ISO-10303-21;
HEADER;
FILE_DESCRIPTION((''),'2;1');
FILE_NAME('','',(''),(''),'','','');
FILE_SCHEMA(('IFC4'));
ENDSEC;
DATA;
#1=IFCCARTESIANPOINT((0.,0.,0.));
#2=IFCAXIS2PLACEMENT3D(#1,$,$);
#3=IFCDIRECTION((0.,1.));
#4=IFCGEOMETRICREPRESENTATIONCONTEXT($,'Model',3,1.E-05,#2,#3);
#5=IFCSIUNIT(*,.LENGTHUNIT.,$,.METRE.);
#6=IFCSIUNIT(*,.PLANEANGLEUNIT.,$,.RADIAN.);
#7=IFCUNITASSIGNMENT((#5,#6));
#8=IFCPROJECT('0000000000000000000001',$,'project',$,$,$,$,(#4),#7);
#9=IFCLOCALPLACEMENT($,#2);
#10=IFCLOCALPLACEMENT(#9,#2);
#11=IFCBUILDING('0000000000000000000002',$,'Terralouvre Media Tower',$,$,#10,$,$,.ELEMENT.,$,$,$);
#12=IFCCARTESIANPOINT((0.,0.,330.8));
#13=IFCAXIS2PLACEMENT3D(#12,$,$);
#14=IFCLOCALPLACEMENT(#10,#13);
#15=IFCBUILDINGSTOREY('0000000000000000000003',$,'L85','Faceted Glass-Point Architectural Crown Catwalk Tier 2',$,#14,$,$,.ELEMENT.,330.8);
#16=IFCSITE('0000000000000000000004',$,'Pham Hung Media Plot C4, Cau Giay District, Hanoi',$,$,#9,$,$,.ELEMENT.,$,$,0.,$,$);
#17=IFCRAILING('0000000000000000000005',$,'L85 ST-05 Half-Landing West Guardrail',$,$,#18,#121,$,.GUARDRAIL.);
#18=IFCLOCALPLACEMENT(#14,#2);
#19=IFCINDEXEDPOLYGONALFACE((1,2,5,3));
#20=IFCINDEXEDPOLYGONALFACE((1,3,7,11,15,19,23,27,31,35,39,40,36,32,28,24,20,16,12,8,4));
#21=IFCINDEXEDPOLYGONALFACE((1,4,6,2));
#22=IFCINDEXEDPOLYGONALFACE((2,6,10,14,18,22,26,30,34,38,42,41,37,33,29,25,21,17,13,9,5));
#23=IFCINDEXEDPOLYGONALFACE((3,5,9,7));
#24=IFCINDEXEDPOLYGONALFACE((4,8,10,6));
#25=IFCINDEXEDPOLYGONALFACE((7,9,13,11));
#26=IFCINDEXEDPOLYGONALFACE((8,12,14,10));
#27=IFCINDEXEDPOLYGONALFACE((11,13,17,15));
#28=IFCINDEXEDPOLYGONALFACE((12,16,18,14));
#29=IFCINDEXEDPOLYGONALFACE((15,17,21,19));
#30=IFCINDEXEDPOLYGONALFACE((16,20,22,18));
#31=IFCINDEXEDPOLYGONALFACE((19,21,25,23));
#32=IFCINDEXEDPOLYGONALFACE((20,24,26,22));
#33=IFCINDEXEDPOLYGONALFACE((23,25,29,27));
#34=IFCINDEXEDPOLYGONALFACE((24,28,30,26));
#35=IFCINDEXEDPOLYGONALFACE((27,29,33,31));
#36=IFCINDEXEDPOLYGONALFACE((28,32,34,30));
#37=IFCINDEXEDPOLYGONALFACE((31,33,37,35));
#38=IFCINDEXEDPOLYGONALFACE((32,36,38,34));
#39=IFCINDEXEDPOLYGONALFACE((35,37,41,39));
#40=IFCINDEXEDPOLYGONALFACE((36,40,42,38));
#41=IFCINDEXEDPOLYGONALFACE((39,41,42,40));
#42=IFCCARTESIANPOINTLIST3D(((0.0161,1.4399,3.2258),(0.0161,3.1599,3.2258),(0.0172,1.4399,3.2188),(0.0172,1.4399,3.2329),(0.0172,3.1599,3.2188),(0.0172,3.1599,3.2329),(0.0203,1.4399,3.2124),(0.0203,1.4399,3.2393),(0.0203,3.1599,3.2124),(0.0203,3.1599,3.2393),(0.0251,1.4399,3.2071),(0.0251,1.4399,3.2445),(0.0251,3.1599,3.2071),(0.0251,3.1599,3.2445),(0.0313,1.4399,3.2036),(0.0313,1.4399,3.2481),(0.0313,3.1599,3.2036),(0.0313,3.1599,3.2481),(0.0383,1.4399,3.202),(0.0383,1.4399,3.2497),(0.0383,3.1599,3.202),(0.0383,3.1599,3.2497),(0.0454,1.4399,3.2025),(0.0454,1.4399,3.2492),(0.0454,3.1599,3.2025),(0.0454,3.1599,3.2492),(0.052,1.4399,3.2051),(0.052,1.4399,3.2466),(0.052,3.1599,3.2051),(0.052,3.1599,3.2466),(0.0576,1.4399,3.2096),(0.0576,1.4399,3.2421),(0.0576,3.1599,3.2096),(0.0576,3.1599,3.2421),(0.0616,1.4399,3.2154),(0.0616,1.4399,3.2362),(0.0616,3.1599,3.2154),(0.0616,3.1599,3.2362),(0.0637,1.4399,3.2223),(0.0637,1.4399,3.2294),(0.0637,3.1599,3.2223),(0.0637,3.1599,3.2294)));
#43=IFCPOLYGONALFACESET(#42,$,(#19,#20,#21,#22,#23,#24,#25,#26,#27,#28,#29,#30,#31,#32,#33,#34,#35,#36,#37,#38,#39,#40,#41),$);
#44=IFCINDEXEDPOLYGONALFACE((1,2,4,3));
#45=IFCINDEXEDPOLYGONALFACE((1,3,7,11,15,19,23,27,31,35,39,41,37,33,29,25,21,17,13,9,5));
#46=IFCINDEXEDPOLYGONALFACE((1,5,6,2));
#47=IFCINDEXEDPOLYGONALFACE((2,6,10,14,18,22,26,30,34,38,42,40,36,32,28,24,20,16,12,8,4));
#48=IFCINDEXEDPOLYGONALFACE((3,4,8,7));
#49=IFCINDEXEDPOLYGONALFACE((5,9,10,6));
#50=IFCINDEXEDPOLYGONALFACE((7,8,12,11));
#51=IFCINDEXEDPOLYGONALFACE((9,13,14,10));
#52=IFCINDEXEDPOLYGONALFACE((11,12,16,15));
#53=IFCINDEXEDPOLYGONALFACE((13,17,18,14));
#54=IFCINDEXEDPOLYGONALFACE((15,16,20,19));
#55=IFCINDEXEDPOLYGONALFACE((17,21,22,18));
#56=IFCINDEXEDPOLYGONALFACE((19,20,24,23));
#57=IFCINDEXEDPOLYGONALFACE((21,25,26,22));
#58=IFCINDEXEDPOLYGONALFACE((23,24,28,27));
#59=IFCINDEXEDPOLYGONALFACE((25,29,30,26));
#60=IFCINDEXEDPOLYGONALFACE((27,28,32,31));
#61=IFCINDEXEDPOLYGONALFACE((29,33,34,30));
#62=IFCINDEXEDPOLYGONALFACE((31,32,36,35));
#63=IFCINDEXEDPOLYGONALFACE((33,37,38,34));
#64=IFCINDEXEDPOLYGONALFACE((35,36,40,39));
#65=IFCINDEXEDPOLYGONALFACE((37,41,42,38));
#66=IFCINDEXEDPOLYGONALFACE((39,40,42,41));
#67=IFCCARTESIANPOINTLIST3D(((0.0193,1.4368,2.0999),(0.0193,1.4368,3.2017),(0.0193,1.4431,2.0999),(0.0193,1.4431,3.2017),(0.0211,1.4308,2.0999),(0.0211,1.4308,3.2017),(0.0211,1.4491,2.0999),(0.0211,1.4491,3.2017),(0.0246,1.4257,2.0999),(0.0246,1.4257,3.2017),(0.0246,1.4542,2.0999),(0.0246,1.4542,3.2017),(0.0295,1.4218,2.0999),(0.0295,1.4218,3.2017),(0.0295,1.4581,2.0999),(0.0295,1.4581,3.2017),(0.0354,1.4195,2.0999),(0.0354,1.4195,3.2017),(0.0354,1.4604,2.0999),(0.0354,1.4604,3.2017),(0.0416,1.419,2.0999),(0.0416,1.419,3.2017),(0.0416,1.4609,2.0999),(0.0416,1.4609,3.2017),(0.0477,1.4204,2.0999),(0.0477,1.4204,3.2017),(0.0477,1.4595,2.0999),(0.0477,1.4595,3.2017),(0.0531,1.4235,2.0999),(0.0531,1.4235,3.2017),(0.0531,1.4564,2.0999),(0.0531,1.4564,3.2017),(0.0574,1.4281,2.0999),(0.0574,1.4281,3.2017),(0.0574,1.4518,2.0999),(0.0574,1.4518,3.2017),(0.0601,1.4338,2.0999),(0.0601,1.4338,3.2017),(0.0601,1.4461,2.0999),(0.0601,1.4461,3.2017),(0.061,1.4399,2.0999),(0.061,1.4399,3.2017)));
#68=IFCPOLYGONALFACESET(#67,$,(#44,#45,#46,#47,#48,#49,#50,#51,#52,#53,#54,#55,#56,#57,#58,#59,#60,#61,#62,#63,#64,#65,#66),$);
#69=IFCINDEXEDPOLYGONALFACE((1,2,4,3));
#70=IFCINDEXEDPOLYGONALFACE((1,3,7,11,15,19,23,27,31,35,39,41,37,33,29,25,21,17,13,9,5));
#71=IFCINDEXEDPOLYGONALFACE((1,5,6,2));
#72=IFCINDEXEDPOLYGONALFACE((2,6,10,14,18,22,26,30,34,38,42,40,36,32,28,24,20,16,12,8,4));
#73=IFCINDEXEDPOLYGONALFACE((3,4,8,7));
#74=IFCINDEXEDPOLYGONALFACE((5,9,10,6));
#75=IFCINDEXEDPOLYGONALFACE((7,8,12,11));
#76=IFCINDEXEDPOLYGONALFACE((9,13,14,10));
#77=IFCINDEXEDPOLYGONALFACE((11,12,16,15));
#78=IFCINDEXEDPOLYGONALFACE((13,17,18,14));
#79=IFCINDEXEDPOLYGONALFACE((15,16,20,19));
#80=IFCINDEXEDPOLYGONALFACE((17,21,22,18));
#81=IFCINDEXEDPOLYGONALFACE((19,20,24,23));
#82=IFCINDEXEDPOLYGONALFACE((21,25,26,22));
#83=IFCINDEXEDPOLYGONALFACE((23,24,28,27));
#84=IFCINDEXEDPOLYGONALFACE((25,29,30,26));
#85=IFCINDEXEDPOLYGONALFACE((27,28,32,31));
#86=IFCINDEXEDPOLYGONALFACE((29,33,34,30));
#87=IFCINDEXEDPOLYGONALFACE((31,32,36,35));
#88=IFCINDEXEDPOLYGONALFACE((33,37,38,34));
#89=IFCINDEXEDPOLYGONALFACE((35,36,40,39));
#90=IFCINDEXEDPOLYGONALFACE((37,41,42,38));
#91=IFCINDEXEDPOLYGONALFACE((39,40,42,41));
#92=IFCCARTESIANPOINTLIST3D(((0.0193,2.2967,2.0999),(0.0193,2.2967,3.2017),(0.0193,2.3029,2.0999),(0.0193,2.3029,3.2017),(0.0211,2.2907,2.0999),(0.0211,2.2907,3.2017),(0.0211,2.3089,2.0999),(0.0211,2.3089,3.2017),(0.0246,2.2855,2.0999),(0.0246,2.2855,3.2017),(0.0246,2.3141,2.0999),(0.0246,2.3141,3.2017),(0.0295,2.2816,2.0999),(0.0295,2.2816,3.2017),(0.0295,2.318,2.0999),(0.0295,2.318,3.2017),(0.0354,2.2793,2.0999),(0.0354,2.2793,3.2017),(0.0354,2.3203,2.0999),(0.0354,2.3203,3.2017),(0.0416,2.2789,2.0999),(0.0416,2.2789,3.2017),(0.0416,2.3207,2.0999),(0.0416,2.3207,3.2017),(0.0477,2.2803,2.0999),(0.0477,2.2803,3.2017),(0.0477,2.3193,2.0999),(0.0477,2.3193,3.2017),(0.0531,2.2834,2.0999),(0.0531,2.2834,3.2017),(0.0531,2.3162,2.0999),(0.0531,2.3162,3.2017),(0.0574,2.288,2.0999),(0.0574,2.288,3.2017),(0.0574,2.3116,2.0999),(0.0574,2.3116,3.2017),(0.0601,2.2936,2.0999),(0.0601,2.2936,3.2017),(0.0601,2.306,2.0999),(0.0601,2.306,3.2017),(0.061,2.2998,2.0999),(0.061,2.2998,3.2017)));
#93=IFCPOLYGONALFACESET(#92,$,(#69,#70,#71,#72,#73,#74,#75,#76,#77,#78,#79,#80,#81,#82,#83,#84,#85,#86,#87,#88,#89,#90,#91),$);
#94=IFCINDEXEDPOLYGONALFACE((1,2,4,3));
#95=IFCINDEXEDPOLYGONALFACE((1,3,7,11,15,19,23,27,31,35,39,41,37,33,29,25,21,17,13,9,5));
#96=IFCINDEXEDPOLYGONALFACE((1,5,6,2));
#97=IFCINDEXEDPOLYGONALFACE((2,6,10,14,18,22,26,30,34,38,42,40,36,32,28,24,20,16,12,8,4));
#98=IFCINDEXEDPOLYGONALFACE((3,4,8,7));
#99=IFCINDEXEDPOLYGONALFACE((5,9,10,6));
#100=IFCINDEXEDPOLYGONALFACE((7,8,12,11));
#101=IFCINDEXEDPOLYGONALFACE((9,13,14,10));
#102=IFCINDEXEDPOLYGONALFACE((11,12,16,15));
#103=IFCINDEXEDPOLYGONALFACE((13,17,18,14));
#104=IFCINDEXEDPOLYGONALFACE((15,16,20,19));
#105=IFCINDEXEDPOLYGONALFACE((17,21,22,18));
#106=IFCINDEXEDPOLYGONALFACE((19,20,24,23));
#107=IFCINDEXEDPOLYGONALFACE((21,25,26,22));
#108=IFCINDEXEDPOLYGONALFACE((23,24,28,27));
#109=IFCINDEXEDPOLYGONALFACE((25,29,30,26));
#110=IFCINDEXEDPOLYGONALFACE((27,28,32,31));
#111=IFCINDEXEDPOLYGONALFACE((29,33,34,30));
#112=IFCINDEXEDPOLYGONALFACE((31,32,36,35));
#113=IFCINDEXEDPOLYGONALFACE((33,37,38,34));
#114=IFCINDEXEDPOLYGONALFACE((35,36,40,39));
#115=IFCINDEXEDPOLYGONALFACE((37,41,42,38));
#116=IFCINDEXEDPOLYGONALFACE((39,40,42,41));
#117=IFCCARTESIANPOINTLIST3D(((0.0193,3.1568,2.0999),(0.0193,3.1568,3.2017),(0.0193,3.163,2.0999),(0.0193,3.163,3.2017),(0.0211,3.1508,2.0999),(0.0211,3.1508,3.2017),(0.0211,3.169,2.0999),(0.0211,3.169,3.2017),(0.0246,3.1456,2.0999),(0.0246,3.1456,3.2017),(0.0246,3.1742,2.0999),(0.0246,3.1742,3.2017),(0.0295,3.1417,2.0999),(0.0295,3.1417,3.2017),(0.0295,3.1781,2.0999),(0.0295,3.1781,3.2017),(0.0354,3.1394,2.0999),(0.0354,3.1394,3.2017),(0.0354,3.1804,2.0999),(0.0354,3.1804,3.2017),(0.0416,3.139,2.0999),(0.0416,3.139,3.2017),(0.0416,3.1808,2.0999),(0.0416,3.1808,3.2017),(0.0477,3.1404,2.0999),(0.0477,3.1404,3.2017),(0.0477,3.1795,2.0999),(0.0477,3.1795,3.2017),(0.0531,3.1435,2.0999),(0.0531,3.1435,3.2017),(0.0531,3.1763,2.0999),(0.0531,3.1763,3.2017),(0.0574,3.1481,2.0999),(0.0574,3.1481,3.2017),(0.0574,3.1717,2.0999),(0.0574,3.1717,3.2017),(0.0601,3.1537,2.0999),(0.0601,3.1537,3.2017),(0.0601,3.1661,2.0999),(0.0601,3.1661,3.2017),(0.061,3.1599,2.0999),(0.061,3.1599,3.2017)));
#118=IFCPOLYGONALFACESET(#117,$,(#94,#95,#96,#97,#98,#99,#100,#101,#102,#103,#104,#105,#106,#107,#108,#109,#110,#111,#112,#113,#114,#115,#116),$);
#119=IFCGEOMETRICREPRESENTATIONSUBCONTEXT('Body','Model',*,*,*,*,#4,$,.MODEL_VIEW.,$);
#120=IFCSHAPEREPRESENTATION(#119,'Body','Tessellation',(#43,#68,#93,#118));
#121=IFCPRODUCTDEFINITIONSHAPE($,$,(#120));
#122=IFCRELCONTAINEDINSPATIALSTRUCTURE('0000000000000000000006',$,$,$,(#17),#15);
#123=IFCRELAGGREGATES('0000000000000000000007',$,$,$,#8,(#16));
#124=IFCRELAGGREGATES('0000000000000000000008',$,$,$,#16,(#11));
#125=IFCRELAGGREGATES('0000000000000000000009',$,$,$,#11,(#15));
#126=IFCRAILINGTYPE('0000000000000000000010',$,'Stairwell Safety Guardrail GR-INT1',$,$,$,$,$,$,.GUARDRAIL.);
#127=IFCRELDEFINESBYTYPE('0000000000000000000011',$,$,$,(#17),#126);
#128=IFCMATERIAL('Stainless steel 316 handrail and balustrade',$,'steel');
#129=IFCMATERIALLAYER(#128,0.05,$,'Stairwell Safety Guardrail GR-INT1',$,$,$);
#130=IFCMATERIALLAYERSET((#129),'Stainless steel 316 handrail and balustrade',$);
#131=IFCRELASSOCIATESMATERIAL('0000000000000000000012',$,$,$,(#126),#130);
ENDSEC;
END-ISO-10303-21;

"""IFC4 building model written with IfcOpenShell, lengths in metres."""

from ifc_helpers import new_model, si_unit, direction, frame, origin, origin_2d, place, context, subcontext, project, spatial, circle, extrude, material, layer, layer_set, type_object, element, save


model = new_model("IFC4")

# Units and contexts
model_context = context("Model", 3, precision=1e-05, world=origin(), true_north=direction((0.0, 1.0)))
body_context = subcontext(model_context, "Body", "Model", "MODEL_VIEW")
ifc_project = project(units=[si_unit("LENGTHUNIT", "METRE"), si_unit("PLANEANGLEUNIT", "RADIAN")], contexts=[model_context])

# Site, building, storey
site_placement = place(None, origin())
site = spatial("IfcSite", under=ifc_project, at=site_placement, Name="Pham Hung Media Plot C4, Cau Giay District, Hanoi", CompositionType="ELEMENT", RefElevation=0.0)
building_placement = place(site_placement, origin())
building = spatial("IfcBuilding", under=site, at=building_placement, Name="Terralouvre Media Tower", CompositionType="ELEMENT")
storey_placement = place(building_placement, frame((0.0, 0.0, 330.8)))
storey = spatial("IfcBuildingStorey", under=building, at=storey_placement, Name="L85", Description="Faceted Glass-Point Architectural Crown Catwalk Tier 2", CompositionType="ELEMENT", Elevation=330.8)

# Railing
ifc_material_1 = material(Name="Stainless steel 316 handrail and balustrade", Category="steel")
ifc_layer_1 = layer(ifc_material_1, 0.05, Name="Stairwell Safety Guardrail GR-INT1")
ifc_layer_set_1 = layer_set([ifc_layer_1], Name="Stainless steel 316 handrail and balustrade")
railing_type_1 = type_object("IfcRailingType", Name="Stairwell Safety Guardrail GR-INT1", PredefinedType="GUARDRAIL", material=ifc_layer_set_1)
railing_1_placement = place(storey_placement, frame((0.04, 1.4399, 2.0999)))
element("IfcRailing", 1, at=railing_1_placement, inside=storey, type_object=railing_type_1, Name="L85 ST-05 Half-Landing West Guardrail", PredefinedType="GUARDRAIL", context=body_context, shape_type="SweptSolid", body=[
    extrude(circle(Radius=0.0239, at=origin_2d()), frame((0.0, 0.0, 1.126), z_axis=(0.0, 1.0, 0.0), x_axis=(-1.0, 0.0, 0.0)), (0.0, 0.0, 1.0), 1.72),
    extrude(circle(Radius=0.021, at=origin_2d()), origin(), (0.0, 0.0, 1.0), 1.1018),
    extrude(circle(Radius=0.021, at=origin_2d()), frame((0.0, 0.8599, 0.0)), (0.0, 0.0, 1.0), 1.1018),
    extrude(circle(Radius=0.021, at=origin_2d()), frame((0.0, 1.72, 0.0)), (0.0, 0.0, 1.0), 1.1018),
])

save(model, "model.ifc")
